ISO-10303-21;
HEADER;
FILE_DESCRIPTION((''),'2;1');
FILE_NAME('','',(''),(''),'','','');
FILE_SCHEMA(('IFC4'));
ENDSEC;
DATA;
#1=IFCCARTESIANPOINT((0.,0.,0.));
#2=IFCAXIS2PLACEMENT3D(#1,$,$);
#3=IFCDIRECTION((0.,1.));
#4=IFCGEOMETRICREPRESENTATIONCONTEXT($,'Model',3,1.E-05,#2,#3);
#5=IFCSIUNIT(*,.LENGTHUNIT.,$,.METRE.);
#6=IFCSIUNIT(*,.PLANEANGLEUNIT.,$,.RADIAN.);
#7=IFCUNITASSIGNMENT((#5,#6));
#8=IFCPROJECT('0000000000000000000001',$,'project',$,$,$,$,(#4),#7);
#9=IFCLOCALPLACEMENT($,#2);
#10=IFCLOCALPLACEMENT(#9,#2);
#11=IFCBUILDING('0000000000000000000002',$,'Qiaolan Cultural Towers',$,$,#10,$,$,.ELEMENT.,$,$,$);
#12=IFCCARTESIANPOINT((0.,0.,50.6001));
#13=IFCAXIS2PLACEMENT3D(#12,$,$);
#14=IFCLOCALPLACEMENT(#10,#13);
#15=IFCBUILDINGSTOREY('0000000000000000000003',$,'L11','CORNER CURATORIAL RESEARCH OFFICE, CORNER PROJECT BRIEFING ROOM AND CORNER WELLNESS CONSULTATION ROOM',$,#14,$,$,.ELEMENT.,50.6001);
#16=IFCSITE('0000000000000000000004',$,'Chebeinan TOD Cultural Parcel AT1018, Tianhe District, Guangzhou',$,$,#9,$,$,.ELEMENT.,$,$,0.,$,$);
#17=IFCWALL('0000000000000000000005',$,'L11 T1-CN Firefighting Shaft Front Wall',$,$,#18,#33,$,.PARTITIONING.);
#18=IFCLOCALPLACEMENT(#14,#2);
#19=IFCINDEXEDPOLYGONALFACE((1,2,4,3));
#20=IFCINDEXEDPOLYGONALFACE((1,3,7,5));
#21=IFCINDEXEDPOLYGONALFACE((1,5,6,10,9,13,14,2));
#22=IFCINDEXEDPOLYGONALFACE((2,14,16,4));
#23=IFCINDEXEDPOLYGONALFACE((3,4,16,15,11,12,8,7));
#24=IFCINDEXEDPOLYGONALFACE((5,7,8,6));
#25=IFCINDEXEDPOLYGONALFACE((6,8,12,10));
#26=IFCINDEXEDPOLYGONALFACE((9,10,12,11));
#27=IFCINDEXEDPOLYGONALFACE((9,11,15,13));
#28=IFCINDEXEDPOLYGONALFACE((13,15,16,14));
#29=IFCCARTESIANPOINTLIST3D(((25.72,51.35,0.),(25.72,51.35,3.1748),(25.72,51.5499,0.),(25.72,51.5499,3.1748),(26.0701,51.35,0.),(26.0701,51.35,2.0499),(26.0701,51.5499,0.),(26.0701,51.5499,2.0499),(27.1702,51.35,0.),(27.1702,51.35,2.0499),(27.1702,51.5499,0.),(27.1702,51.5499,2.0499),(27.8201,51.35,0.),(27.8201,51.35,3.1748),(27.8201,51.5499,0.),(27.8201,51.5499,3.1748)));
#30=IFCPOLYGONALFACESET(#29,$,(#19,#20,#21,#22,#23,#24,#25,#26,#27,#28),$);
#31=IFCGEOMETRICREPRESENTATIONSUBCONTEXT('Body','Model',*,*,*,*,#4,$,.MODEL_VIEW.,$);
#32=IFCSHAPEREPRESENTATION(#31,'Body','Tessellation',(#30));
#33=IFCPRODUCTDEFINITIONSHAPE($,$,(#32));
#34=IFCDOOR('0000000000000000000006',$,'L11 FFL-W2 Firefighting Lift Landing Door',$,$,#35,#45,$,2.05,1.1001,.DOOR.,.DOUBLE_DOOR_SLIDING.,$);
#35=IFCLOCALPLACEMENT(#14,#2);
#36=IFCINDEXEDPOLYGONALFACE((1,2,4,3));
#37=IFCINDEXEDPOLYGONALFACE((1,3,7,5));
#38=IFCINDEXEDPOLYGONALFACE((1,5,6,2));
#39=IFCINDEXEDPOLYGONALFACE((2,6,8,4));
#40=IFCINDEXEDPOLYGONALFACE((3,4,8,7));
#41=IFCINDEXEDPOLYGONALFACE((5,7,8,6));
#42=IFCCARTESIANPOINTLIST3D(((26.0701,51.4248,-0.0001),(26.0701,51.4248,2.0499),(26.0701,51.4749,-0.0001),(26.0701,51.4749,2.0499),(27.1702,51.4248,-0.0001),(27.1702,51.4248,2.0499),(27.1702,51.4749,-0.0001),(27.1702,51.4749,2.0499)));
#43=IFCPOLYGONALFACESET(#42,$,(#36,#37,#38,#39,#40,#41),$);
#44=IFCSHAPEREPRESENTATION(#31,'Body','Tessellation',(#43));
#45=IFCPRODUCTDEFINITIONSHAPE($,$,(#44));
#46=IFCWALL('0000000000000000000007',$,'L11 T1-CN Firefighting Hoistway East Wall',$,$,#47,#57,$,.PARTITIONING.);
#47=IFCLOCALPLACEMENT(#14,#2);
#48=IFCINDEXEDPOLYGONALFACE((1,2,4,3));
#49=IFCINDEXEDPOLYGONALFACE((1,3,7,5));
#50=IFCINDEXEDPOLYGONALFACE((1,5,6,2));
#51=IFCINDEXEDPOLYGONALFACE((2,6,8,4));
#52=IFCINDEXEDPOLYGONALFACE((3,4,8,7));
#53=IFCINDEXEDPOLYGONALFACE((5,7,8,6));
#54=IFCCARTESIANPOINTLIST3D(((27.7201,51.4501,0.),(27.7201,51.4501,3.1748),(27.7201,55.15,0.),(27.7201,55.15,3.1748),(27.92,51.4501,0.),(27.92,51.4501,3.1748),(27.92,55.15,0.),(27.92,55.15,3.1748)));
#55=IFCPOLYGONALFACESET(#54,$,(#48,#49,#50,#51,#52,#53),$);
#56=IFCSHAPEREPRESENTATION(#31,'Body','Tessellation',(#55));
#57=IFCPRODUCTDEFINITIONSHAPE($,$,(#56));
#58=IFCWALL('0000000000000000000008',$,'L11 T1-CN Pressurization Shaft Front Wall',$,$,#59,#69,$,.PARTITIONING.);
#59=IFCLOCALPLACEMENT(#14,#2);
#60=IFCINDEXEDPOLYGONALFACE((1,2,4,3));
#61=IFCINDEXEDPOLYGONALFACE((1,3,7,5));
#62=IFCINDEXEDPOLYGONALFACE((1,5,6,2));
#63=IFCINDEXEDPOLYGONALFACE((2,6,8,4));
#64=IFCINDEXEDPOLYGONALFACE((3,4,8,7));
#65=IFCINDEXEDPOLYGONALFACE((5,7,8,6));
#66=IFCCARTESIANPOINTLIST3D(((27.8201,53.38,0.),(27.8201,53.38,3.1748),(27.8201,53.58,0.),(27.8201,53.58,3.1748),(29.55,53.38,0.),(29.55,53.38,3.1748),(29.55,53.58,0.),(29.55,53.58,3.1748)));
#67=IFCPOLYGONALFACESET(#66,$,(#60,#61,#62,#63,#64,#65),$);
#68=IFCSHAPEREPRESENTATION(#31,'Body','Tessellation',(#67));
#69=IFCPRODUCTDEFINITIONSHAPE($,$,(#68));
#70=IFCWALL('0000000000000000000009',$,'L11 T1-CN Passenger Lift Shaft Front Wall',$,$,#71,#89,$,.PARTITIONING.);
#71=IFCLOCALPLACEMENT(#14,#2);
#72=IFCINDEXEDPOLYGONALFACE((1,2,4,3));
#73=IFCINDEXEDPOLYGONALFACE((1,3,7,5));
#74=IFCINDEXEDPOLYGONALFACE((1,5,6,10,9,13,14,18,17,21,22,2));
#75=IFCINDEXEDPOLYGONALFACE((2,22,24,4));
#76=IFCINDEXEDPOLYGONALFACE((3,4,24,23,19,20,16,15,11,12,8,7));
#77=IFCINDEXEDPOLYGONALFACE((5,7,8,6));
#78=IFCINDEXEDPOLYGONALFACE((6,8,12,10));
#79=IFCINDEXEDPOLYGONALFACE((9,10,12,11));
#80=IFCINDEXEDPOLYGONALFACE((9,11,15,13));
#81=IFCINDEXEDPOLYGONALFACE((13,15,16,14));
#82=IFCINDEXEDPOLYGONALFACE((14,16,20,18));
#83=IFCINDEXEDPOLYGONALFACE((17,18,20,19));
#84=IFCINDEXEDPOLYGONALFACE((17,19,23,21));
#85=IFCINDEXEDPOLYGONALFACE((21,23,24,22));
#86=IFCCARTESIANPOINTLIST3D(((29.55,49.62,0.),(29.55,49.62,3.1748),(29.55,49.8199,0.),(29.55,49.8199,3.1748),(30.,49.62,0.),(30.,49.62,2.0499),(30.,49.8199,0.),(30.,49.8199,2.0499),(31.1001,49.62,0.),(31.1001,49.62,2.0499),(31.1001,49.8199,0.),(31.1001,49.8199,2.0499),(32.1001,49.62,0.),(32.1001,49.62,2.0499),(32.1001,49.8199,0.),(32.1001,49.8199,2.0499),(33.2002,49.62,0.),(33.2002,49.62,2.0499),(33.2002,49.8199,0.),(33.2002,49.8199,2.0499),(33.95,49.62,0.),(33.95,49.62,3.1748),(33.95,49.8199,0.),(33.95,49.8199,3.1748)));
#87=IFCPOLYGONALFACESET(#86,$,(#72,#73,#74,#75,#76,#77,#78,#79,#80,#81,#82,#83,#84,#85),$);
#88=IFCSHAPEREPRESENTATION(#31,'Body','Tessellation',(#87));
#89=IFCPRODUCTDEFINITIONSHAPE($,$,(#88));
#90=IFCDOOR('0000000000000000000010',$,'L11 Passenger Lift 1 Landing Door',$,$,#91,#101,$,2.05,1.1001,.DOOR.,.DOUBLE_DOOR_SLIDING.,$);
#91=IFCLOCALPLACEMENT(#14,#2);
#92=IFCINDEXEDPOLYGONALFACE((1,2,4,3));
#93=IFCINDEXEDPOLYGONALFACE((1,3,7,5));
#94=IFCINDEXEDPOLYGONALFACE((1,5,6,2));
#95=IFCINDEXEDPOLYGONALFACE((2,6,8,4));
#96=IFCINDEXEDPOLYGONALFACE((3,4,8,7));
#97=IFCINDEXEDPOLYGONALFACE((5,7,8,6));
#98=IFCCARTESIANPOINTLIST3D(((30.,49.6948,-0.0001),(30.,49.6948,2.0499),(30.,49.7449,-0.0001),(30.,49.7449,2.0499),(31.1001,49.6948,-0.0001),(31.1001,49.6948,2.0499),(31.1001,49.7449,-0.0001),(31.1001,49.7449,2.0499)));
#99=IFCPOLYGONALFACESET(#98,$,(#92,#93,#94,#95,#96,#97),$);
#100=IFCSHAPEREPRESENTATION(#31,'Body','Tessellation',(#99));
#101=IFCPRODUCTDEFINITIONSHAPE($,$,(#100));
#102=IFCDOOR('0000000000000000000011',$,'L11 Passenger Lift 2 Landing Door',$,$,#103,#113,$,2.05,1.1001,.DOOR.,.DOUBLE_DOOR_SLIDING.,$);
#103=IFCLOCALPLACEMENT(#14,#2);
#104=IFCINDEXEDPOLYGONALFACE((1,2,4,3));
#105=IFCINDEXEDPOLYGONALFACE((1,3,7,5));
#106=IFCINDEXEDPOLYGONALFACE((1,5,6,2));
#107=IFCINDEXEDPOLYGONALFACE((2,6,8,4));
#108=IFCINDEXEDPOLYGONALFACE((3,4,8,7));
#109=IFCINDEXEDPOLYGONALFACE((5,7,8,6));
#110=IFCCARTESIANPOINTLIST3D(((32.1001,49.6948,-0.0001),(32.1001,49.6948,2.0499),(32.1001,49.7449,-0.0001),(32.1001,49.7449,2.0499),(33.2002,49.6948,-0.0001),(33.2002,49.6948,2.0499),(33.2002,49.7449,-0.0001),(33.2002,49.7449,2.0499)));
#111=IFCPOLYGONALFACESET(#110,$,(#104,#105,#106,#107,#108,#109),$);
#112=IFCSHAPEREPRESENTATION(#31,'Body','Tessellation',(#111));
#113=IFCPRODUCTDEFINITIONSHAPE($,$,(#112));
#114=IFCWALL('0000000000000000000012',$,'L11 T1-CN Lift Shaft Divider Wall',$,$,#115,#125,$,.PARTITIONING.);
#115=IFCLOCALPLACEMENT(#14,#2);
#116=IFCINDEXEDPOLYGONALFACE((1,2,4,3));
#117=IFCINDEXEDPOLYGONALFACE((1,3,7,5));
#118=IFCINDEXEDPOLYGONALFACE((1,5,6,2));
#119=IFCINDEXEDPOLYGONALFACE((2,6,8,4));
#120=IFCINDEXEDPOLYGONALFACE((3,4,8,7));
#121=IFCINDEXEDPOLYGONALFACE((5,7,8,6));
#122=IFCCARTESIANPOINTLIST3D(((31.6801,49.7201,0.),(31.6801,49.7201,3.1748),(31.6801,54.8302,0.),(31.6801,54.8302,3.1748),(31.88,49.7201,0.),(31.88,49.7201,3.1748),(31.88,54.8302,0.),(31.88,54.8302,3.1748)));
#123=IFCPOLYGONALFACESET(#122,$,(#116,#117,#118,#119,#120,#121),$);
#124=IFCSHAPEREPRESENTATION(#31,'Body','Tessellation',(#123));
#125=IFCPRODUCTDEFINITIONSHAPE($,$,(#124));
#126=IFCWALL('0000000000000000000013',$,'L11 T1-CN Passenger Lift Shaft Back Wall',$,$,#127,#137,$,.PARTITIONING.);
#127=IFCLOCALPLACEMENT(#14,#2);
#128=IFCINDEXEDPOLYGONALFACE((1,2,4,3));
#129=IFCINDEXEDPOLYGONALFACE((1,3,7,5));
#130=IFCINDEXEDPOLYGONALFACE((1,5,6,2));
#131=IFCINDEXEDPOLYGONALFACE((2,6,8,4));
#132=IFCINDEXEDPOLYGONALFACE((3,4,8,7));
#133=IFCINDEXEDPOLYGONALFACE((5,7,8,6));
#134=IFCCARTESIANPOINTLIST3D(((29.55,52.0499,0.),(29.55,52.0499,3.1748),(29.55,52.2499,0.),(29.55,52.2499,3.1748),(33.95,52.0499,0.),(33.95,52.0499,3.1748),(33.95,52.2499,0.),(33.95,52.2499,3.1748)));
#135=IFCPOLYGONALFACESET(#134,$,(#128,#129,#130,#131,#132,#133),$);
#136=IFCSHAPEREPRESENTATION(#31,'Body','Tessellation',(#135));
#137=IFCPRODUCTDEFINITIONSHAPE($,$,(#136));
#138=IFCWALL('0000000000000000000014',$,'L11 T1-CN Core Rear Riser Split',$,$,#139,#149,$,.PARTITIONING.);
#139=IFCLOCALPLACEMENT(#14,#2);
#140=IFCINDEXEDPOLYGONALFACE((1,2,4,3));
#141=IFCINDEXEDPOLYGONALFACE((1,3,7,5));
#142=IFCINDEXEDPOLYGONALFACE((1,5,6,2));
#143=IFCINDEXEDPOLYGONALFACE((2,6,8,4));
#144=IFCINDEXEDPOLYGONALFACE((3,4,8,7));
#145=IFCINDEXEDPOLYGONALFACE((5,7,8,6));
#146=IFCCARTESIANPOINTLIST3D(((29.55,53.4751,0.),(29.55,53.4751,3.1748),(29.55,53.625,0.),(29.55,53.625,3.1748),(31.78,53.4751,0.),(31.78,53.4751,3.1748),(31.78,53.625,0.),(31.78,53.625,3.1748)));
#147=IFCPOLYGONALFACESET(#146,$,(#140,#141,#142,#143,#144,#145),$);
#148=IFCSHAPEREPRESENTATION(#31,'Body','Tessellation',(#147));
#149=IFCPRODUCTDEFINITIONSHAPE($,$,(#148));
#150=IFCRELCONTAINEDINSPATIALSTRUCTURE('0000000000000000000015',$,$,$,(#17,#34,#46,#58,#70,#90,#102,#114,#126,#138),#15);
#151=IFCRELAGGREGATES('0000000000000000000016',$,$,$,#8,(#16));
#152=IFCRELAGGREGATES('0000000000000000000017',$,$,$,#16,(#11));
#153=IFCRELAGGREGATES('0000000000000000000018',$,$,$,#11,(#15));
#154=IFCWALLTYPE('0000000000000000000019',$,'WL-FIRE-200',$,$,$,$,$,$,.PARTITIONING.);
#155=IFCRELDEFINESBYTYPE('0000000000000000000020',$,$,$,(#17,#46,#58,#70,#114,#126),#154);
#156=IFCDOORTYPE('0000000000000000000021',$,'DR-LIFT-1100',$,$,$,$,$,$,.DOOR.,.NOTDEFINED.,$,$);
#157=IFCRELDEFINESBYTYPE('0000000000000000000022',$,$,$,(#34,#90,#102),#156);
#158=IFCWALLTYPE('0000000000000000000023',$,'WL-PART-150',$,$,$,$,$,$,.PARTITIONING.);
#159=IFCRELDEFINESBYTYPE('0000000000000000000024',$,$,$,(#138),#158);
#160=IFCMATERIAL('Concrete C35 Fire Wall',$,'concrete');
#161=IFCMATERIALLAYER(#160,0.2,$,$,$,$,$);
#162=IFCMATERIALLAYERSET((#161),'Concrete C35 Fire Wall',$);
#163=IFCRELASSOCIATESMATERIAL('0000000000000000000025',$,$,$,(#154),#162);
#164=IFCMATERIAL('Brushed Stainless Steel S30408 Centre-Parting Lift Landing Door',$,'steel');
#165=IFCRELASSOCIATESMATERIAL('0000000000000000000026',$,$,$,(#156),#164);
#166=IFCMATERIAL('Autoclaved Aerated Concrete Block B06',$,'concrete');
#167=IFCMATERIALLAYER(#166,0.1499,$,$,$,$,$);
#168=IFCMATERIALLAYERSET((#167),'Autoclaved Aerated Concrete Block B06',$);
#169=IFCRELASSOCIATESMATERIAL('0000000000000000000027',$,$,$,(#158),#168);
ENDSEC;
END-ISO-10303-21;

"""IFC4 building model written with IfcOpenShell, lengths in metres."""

from ifc_helpers import new_model, si_unit, direction, frame, frame_2d, origin, place, context, subcontext, project, spatial, rectangle, extrude, material, layer, layer_set, type_object, element, fill, save


model = new_model("IFC4")

# Units and contexts
model_context = context("Model", 3, precision=1e-05, world=origin(), true_north=direction((0.0, 1.0)))
body_context = subcontext(model_context, "Body", "Model", "MODEL_VIEW")
ifc_project = project(units=[si_unit("LENGTHUNIT", "METRE"), si_unit("PLANEANGLEUNIT", "RADIAN")], contexts=[model_context])

# Site, building, storey
site_placement = place(None, origin())
site = spatial("IfcSite", under=ifc_project, at=site_placement, Name="Chebeinan TOD Cultural Parcel AT1018, Tianhe District, Guangzhou", CompositionType="ELEMENT", RefElevation=0.0)
building_placement = place(site_placement, origin())
building = spatial("IfcBuilding", under=site, at=building_placement, Name="Qiaolan Cultural Towers", CompositionType="ELEMENT")
storey_placement = place(building_placement, frame((0.0, 0.0, 50.6001)))
storey = spatial("IfcBuildingStorey", under=building, at=storey_placement, Name="L11", Description="CORNER CURATORIAL RESEARCH OFFICE, CORNER PROJECT BRIEFING ROOM AND CORNER WELLNESS CONSULTATION ROOM", CompositionType="ELEMENT", Elevation=50.6001)

# Wall, opening, door
ifc_material_1 = material(Name="Concrete C35 Fire Wall", Category="concrete")
ifc_layer_1 = layer(ifc_material_1, 0.2)
ifc_layer_set_1 = layer_set([ifc_layer_1], Name="Concrete C35 Fire Wall")
wall_type_1 = type_object("IfcWallType", Name="WL-FIRE-200", PredefinedType="PARTITIONING", material=ifc_layer_set_1)
wall_1_placement = place(storey_placement, frame((25.72, 51.45, 0.0), z_axis=(0.0, 0.0, 1.0), x_axis=(1.0, 0.0, 0.0)))
wall_1 = element("IfcWall", 1, at=wall_1_placement, inside=storey, type_object=wall_type_1, Name="L11 T1-CN Firefighting Shaft Front Wall", PredefinedType="PARTITIONING", context=body_context, shape_type="SweptSolid", body=[
    extrude(rectangle(XDim=2.1001, YDim=0.2, at=frame_2d((1.05, 0.0))), origin(), (0.0, 0.0, 1.0), 3.1748),
])
opening_1_placement = place(wall_1_placement, frame((0.3501, 0.0, 0.0)))
opening_1 = element("IfcOpeningElement", 2, at=opening_1_placement, cuts=wall_1, PredefinedType="OPENING", context=body_context, shape_type="SweptSolid", body=[
    extrude(rectangle(XDim=1.1001, YDim=2.05, at=frame_2d((0.55, 1.0249))), frame((0.0, 0.1099, 0.0), z_axis=(0.0, -1.0, 0.0), x_axis=(1.0, 0.0, 0.0)), (0.0, 0.0, 1.0), 0.22),
])
ifc_material_2 = material(Name="Brushed Stainless Steel S30408 Centre-Parting Lift Landing Door", Category="steel")
door_type_1 = type_object("IfcDoorType", Name="DR-LIFT-1100", OperationType="NOTDEFINED", PredefinedType="DOOR", material=ifc_material_2)
door_1_placement = place(opening_1_placement, origin())
door_1 = element("IfcDoor", 3, at=door_1_placement, inside=storey, type_object=door_type_1, Name="L11 FFL-W2 Firefighting Lift Landing Door", OperationType="DOUBLE_DOOR_SLIDING", OverallHeight=2.05, OverallWidth=1.1001, PredefinedType="DOOR", context=body_context, shape_type="SweptSolid", body=[
    extrude(rectangle(XDim=1.1001, YDim=2.05, at=frame_2d((0.55, 1.0249))), frame((0.0, 0.0249, 0.0), z_axis=(0.0, -1.0, 0.0), x_axis=(1.0, 0.0, 0.0)), (0.0, 0.0, 1.0), 0.05),
])
fill(opening_1, door_1)

# Walls
wall_2_placement = place(storey_placement, frame((27.8201, 51.45, 0.0), z_axis=(0.0, 0.0, 1.0), x_axis=(0.0, 1.0, 0.0)))
element("IfcWall", 4, at=wall_2_placement, inside=storey, type_object=wall_type_1, Name="L11 T1-CN Firefighting Hoistway East Wall", PredefinedType="PARTITIONING", context=body_context, shape_type="SweptSolid", body=[
    extrude(rectangle(XDim=3.7, YDim=0.2, at=frame_2d((1.8501, 0.0))), origin(), (0.0, 0.0, 1.0), 3.1748),
])
wall_3_placement = place(storey_placement, frame((27.8201, 53.48, 0.0), z_axis=(0.0, 0.0, 1.0), x_axis=(1.0, 0.0, 0.0)))
element("IfcWall", 5, at=wall_3_placement, inside=storey, type_object=wall_type_1, Name="L11 T1-CN Pressurization Shaft Front Wall", PredefinedType="PARTITIONING", context=body_context, shape_type="SweptSolid", body=[
    extrude(rectangle(XDim=1.73, YDim=0.2, at=frame_2d((0.865, 0.0))), origin(), (0.0, 0.0, 1.0), 3.1748),
])

# Wall, openings, doors
wall_4_placement = place(storey_placement, frame((29.55, 49.72, 0.0), z_axis=(0.0, 0.0, 1.0), x_axis=(1.0, 0.0, 0.0)))
wall_4 = element("IfcWall", 6, at=wall_4_placement, inside=storey, type_object=wall_type_1, Name="L11 T1-CN Passenger Lift Shaft Front Wall", PredefinedType="PARTITIONING", context=body_context, shape_type="SweptSolid", body=[
    extrude(rectangle(XDim=4.3999, YDim=0.2, at=frame_2d((2.2, 0.0))), origin(), (0.0, 0.0, 1.0), 3.1748),
])
opening_2_placement = place(wall_4_placement, frame((0.45, 0.0, 0.0)))
opening_2 = element("IfcOpeningElement", 7, at=opening_2_placement, cuts=wall_4, PredefinedType="OPENING", context=body_context, shape_type="SweptSolid", body=[
    extrude(rectangle(XDim=1.1001, YDim=2.05, at=frame_2d((0.55, 1.0249))), frame((0.0, 0.1099, 0.0), z_axis=(0.0, -1.0, 0.0), x_axis=(1.0, 0.0, 0.0)), (0.0, 0.0, 1.0), 0.22),
])
opening_3_placement = place(wall_4_placement, frame((2.55, 0.0, 0.0)))
opening_3 = element("IfcOpeningElement", 8, at=opening_3_placement, cuts=wall_4, PredefinedType="OPENING", context=body_context, shape_type="SweptSolid", body=[
    extrude(rectangle(XDim=1.1001, YDim=2.05, at=frame_2d((0.55, 1.0249))), frame((0.0, 0.1099, 0.0), z_axis=(0.0, -1.0, 0.0), x_axis=(1.0, 0.0, 0.0)), (0.0, 0.0, 1.0), 0.22),
])
door_2_placement = place(opening_2_placement, origin())
door_2 = element("IfcDoor", 9, at=door_2_placement, inside=storey, type_object=door_type_1, Name="L11 Passenger Lift 1 Landing Door", OperationType="DOUBLE_DOOR_SLIDING", OverallHeight=2.05, OverallWidth=1.1001, PredefinedType="DOOR", context=body_context, shape_type="SweptSolid", body=[
    extrude(rectangle(XDim=1.1001, YDim=2.05, at=frame_2d((0.55, 1.0249))), frame((0.0, 0.0249, 0.0), z_axis=(0.0, -1.0, 0.0), x_axis=(1.0, 0.0, 0.0)), (0.0, 0.0, 1.0), 0.05),
])
fill(opening_2, door_2)
door_3_placement = place(opening_3_placement, origin())
door_3 = element("IfcDoor", 10, at=door_3_placement, inside=storey, type_object=door_type_1, Name="L11 Passenger Lift 2 Landing Door", OperationType="DOUBLE_DOOR_SLIDING", OverallHeight=2.05, OverallWidth=1.1001, PredefinedType="DOOR", context=body_context, shape_type="SweptSolid", body=[
    extrude(rectangle(XDim=1.1001, YDim=2.05, at=frame_2d((0.55, 1.0249))), frame((0.0, 0.0249, 0.0), z_axis=(0.0, -1.0, 0.0), x_axis=(1.0, 0.0, 0.0)), (0.0, 0.0, 1.0), 0.05),
])
fill(opening_3, door_3)

# Walls
wall_5_placement = place(storey_placement, frame((31.78, 49.72, 0.0), z_axis=(0.0, 0.0, 1.0), x_axis=(0.0, 1.0, 0.0)))
element("IfcWall", 11, at=wall_5_placement, inside=storey, type_object=wall_type_1, Name="L11 T1-CN Lift Shaft Divider Wall", PredefinedType="PARTITIONING", context=body_context, shape_type="SweptSolid", body=[
    extrude(rectangle(XDim=5.1101, YDim=0.2, at=frame_2d((2.5552, 0.0))), origin(), (0.0, 0.0, 1.0), 3.1748),
])
wall_6_placement = place(storey_placement, frame((29.55, 52.1499, 0.0), z_axis=(0.0, 0.0, 1.0), x_axis=(1.0, 0.0, 0.0)))
element("IfcWall", 12, at=wall_6_placement, inside=storey, type_object=wall_type_1, Name="L11 T1-CN Passenger Lift Shaft Back Wall", PredefinedType="PARTITIONING", context=body_context, shape_type="SweptSolid", body=[
    extrude(rectangle(XDim=4.3999, YDim=0.2, at=frame_2d((2.2, 0.0))), origin(), (0.0, 0.0, 1.0), 3.1748),
])
ifc_material_3 = material(Name="Autoclaved Aerated Concrete Block B06", Category="concrete")
ifc_layer_2 = layer(ifc_material_3, 0.1499)
ifc_layer_set_2 = layer_set([ifc_layer_2], Name="Autoclaved Aerated Concrete Block B06")
wall_type_2 = type_object("IfcWallType", Name="WL-PART-150", PredefinedType="PARTITIONING", material=ifc_layer_set_2)
wall_7_placement = place(storey_placement, frame((29.55, 53.55, 0.0), z_axis=(0.0, 0.0, 1.0), x_axis=(1.0, 0.0, 0.0)))
element("IfcWall", 13, at=wall_7_placement, inside=storey, type_object=wall_type_2, Name="L11 T1-CN Core Rear Riser Split", PredefinedType="PARTITIONING", context=body_context, shape_type="SweptSolid", body=[
    extrude(rectangle(XDim=2.23, YDim=0.1499, at=frame_2d((1.115, 0.0))), origin(), (0.0, 0.0, 1.0), 3.1748),
])

save(model, "model.ifc")
